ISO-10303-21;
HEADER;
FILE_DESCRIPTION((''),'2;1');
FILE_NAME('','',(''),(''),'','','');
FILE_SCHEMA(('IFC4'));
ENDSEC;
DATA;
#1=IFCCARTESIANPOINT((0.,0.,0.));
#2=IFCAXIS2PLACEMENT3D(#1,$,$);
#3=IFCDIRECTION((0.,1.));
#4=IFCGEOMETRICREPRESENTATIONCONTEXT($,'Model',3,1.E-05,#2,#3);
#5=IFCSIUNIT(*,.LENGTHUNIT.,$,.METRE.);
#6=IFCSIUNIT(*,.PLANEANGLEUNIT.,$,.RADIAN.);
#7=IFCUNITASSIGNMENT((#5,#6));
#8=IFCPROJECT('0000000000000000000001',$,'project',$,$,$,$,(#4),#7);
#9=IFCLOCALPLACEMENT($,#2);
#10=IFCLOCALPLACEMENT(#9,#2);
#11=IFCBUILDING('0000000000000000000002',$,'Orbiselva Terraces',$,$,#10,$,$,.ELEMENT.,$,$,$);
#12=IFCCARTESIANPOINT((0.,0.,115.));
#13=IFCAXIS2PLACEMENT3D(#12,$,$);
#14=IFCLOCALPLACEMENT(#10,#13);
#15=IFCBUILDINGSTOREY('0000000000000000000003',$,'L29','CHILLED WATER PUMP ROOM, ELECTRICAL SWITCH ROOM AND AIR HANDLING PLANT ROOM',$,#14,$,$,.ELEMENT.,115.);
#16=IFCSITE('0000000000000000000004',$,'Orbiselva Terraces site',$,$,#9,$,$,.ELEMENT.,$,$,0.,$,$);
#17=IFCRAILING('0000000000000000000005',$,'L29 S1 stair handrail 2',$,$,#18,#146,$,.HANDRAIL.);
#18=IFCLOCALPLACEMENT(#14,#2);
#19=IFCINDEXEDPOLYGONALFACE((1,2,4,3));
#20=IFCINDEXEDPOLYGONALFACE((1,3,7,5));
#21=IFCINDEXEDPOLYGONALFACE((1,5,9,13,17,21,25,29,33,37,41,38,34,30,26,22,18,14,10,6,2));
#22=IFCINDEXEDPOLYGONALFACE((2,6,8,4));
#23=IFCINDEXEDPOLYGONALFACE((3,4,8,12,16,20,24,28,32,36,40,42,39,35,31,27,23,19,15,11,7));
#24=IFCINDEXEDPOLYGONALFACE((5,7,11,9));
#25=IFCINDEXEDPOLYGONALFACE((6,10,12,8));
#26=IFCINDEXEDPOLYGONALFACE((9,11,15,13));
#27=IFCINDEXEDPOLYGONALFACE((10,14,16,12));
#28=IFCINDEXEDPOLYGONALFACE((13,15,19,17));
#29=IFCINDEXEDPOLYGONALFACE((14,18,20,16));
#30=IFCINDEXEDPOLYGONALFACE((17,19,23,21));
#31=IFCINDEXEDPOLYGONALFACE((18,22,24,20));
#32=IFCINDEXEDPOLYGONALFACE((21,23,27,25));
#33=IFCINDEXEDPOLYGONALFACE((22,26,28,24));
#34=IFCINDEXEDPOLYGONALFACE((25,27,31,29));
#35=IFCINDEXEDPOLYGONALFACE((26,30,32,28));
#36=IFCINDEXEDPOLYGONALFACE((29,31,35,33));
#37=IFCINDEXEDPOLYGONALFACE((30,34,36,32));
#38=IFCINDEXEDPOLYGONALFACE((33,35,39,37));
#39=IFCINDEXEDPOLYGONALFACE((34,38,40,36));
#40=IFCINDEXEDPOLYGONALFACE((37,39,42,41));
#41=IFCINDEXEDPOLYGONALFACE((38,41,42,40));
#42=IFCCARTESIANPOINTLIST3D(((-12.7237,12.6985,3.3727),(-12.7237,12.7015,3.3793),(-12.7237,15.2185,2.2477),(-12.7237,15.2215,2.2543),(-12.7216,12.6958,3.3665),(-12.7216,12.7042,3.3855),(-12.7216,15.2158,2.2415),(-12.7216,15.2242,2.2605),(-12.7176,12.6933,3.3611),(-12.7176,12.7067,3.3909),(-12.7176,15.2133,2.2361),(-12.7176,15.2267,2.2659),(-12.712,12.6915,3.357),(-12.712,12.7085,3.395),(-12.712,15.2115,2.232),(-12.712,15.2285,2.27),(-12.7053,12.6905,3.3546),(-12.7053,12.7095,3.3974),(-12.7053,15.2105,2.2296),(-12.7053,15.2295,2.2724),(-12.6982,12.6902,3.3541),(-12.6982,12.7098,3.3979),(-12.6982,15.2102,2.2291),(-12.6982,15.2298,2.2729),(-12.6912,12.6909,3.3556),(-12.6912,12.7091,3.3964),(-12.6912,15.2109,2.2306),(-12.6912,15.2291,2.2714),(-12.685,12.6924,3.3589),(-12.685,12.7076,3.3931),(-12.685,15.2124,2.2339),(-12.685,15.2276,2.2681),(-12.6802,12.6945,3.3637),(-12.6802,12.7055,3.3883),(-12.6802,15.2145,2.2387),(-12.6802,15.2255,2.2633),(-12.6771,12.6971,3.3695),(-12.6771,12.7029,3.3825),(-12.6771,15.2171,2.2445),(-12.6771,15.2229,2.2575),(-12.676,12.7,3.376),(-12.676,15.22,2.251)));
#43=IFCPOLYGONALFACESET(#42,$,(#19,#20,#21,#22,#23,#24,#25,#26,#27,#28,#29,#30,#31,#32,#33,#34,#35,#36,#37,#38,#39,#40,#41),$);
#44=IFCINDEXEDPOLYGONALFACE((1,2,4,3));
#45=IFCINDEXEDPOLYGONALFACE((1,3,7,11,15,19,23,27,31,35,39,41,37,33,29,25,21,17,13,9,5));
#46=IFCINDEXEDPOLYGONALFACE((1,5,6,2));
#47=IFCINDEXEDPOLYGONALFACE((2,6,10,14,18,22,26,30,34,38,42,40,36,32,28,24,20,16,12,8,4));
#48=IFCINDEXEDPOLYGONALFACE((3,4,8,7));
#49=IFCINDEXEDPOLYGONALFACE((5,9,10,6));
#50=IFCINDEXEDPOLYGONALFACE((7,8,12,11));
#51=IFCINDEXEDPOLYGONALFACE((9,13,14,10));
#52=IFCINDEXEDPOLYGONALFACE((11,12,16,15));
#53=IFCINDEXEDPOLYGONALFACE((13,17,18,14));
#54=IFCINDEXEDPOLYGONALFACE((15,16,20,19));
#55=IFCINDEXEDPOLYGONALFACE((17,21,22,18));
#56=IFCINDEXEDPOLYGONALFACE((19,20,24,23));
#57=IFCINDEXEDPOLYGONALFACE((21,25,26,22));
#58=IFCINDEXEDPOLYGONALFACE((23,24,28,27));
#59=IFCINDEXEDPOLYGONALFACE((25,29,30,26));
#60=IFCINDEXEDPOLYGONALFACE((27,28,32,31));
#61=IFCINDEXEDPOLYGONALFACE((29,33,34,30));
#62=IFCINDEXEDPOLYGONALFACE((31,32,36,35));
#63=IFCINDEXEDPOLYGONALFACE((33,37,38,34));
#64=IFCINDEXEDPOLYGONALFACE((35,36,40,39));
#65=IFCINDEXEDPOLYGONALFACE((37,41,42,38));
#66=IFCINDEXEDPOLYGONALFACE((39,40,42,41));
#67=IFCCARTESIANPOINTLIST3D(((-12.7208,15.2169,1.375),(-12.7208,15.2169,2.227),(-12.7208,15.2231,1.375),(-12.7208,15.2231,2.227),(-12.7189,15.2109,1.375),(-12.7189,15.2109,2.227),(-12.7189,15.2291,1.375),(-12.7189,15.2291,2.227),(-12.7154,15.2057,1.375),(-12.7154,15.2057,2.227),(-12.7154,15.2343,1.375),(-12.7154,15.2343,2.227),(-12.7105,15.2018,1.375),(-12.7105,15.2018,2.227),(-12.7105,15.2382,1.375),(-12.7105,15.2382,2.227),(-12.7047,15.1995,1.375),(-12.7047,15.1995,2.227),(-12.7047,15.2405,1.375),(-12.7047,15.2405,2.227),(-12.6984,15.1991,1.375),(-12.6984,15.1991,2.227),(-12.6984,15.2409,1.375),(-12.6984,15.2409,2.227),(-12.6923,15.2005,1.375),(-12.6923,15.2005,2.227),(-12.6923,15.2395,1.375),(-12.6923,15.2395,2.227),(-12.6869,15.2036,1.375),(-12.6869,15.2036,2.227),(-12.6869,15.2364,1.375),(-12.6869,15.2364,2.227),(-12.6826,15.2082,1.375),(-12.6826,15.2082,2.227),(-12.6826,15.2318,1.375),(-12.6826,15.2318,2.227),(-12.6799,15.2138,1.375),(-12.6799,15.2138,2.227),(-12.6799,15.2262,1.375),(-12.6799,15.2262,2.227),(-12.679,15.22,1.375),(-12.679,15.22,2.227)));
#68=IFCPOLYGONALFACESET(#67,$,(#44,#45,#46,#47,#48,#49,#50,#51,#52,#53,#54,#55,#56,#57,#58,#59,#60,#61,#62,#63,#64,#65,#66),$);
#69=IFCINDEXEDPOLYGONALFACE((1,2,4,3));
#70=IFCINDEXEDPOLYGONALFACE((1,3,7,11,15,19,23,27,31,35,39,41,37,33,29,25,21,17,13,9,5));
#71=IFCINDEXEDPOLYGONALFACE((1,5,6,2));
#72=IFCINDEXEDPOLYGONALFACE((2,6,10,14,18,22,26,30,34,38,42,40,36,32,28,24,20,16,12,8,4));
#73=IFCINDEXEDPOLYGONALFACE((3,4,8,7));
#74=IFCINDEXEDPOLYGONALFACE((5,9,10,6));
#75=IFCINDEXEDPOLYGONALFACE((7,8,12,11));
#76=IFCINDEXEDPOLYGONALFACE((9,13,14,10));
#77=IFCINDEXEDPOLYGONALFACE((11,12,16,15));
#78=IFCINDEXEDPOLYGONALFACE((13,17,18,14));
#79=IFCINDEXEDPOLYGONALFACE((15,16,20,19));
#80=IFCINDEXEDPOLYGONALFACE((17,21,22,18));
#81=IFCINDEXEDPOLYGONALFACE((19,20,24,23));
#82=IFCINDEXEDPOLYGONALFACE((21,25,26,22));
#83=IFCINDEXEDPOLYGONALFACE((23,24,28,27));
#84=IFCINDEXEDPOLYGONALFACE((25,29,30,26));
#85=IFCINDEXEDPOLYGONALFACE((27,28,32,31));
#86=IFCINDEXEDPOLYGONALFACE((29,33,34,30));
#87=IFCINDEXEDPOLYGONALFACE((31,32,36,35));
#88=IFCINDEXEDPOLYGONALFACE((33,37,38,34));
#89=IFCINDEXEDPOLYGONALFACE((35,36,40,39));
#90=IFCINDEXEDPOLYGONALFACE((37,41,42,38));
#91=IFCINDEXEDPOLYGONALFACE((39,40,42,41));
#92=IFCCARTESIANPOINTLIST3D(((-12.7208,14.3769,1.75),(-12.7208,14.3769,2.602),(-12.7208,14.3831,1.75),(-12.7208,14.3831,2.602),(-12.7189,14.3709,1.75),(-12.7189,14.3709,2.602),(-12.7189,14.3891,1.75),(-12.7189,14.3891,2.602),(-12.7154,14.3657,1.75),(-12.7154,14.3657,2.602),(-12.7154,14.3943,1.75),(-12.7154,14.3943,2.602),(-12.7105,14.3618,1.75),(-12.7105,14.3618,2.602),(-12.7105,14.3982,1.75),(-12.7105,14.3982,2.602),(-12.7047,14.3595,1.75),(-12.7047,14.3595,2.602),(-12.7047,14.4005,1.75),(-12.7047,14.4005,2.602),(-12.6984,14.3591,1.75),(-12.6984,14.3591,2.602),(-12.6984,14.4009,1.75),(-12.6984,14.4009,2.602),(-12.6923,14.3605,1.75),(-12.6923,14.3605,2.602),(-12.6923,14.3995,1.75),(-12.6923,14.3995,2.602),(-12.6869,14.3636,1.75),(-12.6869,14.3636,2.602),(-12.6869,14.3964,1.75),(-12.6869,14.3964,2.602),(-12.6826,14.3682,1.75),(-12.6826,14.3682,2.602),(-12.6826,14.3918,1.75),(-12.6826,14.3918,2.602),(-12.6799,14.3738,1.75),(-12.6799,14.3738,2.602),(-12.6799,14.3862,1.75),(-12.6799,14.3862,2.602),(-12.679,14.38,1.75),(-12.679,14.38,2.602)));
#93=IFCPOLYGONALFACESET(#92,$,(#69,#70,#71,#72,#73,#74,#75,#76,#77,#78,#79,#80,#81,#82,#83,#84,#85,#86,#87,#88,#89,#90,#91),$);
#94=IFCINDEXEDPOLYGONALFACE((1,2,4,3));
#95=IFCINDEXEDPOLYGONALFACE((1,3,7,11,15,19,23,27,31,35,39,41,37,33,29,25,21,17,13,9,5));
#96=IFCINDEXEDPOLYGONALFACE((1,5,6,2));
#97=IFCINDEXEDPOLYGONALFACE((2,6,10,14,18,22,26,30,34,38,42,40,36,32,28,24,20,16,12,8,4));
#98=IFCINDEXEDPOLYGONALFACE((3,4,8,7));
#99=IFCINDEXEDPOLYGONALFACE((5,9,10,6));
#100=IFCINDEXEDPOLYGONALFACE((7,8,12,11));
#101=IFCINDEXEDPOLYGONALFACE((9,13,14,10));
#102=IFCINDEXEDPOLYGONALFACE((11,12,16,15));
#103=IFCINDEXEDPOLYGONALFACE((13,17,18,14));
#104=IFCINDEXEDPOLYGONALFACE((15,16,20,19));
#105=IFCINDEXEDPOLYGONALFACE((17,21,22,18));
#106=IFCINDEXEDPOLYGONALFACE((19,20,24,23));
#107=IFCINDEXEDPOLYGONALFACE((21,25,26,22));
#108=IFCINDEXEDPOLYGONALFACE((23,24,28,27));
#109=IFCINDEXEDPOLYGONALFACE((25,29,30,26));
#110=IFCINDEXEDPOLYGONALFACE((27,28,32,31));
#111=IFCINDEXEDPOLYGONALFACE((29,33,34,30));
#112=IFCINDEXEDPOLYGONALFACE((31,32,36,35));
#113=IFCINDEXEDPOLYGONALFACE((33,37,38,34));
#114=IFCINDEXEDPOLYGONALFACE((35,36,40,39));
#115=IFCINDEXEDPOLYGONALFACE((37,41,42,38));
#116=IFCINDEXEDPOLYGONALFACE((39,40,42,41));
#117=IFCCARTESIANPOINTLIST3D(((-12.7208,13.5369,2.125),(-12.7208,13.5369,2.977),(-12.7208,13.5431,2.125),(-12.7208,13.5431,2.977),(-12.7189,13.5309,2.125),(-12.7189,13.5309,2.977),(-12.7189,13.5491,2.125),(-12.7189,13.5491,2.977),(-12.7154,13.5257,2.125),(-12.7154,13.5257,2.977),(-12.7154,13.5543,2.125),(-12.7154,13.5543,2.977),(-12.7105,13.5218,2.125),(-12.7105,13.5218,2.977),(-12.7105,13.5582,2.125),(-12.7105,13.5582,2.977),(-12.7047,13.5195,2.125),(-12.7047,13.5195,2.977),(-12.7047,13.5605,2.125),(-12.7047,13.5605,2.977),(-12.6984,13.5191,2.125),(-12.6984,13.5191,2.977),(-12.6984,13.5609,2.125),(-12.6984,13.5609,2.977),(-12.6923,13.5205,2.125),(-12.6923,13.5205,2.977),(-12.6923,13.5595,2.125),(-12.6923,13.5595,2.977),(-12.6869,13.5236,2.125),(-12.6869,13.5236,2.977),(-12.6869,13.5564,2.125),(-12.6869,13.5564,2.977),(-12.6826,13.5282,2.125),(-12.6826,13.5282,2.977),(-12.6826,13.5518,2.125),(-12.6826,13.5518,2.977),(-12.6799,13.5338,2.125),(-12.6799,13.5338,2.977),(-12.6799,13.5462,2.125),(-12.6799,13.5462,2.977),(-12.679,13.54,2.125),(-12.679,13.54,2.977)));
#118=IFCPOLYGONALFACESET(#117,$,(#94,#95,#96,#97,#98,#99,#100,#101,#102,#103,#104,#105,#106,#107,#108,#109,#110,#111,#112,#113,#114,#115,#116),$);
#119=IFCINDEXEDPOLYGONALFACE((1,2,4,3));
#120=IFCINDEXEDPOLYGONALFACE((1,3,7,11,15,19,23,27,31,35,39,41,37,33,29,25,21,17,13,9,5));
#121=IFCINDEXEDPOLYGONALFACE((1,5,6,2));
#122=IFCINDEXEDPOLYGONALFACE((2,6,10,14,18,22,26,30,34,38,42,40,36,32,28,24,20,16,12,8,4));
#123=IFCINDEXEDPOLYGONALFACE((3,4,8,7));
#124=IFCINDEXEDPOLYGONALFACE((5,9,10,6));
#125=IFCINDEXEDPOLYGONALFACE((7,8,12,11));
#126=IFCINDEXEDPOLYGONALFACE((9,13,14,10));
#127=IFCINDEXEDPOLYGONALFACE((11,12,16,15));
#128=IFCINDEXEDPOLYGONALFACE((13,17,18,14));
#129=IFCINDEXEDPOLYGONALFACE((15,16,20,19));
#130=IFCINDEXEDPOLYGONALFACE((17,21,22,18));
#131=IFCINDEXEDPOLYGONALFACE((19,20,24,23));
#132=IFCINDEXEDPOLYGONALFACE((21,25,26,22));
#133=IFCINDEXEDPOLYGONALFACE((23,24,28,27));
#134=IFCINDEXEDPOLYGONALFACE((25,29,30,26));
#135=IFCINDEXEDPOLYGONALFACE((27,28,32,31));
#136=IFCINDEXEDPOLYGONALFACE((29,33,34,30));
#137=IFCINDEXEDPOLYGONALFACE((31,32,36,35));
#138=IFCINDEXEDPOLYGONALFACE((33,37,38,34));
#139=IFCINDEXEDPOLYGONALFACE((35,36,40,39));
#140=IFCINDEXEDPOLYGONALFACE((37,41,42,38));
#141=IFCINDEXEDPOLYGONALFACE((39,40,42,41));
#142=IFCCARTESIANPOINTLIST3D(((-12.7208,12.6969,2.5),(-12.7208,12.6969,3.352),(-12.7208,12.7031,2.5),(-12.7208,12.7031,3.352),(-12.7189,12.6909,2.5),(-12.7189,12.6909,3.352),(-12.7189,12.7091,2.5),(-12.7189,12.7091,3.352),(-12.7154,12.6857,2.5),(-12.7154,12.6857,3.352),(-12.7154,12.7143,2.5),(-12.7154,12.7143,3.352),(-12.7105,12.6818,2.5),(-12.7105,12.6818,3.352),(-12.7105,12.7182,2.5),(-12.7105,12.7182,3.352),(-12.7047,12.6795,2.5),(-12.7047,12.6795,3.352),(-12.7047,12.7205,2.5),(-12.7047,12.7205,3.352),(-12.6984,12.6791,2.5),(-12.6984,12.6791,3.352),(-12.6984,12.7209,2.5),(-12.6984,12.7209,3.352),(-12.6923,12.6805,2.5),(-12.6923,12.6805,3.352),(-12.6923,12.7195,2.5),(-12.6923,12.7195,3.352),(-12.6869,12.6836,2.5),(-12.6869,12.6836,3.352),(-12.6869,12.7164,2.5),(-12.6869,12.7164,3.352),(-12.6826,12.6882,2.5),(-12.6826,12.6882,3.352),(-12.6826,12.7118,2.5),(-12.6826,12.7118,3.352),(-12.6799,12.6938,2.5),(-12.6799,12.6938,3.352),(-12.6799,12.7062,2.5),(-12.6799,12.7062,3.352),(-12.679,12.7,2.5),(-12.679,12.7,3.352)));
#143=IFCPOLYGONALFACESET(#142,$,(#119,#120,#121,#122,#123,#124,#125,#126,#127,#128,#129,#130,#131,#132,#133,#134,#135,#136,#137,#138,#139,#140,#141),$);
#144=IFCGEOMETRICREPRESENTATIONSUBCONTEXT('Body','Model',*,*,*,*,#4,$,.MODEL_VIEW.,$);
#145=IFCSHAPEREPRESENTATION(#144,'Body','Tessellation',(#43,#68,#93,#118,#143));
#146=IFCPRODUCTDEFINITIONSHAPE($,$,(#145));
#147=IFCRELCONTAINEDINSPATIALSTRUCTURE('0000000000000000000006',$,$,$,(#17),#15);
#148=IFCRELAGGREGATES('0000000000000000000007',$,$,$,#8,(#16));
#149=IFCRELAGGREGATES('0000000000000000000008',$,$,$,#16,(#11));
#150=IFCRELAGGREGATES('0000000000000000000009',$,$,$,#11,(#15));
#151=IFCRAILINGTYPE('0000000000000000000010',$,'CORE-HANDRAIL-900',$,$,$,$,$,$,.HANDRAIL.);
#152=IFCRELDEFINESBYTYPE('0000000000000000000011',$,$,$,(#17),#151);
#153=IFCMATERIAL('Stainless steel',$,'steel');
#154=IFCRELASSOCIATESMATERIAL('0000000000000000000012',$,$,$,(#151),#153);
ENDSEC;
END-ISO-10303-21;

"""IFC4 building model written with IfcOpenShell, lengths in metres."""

from ifc_helpers import new_model, si_unit, direction, frame, origin, origin_2d, place, context, subcontext, project, spatial, circle, extrude, material, type_object, element, save


model = new_model("IFC4")

# Units and contexts
model_context = context("Model", 3, precision=1e-05, world=origin(), true_north=direction((0.0, 1.0)))
body_context = subcontext(model_context, "Body", "Model", "MODEL_VIEW")
ifc_project = project(units=[si_unit("LENGTHUNIT", "METRE"), si_unit("PLANEANGLEUNIT", "RADIAN")], contexts=[model_context])

# Site, building, storey
site_placement = place(None, origin())
site = spatial("IfcSite", under=ifc_project, at=site_placement, Name="Orbiselva Terraces site", CompositionType="ELEMENT", RefElevation=0.0)
building_placement = place(site_placement, origin())
building = spatial("IfcBuilding", under=site, at=building_placement, Name="Orbiselva Terraces", CompositionType="ELEMENT")
storey_placement = place(building_placement, frame((0.0, 0.0, 115.0)))
storey = spatial("IfcBuildingStorey", under=building, at=storey_placement, Name="L29", Description="CHILLED WATER PUMP ROOM, ELECTRICAL SWITCH ROOM AND AIR HANDLING PLANT ROOM", CompositionType="ELEMENT", Elevation=115.0)

# Railing
ifc_material_1 = material(Name="Stainless steel", Category="steel")
railing_type = type_object("IfcRailingType", Name="CORE-HANDRAIL-900", PredefinedType="HANDRAIL", material=ifc_material_1)
railing_1_placement = place(storey_placement, frame((-12.7, 15.22, 1.375)))
element("IfcRailing", 1, at=railing_1_placement, inside=storey, type_object=railing_type, Name="L29 S1 stair handrail 2", PredefinedType="HANDRAIL", context=body_context, shape_type="SweptSolid", body=[
    extrude(circle(Radius=0.024, at=origin_2d()), frame((0.0, 0.0, 0.876), z_axis=(0.0, -0.913138, 0.407651), x_axis=(1.0, 0.0, 0.0)), (0.0, 0.0, 1.0), 2.7597),
    extrude(circle(Radius=0.021, at=origin_2d()), origin(), (0.0, 0.0, 1.0), 0.852),
    extrude(circle(Radius=0.021, at=origin_2d()), frame((0.0, -0.84, 0.375)), (0.0, 0.0, 1.0), 0.852),
    extrude(circle(Radius=0.021, at=origin_2d()), frame((0.0, -1.68, 0.75)), (0.0, 0.0, 1.0), 0.852),
    extrude(circle(Radius=0.021, at=origin_2d()), frame((0.0, -2.52, 1.125)), (0.0, 0.0, 1.0), 0.852),
])

save(model, "model.ifc")
